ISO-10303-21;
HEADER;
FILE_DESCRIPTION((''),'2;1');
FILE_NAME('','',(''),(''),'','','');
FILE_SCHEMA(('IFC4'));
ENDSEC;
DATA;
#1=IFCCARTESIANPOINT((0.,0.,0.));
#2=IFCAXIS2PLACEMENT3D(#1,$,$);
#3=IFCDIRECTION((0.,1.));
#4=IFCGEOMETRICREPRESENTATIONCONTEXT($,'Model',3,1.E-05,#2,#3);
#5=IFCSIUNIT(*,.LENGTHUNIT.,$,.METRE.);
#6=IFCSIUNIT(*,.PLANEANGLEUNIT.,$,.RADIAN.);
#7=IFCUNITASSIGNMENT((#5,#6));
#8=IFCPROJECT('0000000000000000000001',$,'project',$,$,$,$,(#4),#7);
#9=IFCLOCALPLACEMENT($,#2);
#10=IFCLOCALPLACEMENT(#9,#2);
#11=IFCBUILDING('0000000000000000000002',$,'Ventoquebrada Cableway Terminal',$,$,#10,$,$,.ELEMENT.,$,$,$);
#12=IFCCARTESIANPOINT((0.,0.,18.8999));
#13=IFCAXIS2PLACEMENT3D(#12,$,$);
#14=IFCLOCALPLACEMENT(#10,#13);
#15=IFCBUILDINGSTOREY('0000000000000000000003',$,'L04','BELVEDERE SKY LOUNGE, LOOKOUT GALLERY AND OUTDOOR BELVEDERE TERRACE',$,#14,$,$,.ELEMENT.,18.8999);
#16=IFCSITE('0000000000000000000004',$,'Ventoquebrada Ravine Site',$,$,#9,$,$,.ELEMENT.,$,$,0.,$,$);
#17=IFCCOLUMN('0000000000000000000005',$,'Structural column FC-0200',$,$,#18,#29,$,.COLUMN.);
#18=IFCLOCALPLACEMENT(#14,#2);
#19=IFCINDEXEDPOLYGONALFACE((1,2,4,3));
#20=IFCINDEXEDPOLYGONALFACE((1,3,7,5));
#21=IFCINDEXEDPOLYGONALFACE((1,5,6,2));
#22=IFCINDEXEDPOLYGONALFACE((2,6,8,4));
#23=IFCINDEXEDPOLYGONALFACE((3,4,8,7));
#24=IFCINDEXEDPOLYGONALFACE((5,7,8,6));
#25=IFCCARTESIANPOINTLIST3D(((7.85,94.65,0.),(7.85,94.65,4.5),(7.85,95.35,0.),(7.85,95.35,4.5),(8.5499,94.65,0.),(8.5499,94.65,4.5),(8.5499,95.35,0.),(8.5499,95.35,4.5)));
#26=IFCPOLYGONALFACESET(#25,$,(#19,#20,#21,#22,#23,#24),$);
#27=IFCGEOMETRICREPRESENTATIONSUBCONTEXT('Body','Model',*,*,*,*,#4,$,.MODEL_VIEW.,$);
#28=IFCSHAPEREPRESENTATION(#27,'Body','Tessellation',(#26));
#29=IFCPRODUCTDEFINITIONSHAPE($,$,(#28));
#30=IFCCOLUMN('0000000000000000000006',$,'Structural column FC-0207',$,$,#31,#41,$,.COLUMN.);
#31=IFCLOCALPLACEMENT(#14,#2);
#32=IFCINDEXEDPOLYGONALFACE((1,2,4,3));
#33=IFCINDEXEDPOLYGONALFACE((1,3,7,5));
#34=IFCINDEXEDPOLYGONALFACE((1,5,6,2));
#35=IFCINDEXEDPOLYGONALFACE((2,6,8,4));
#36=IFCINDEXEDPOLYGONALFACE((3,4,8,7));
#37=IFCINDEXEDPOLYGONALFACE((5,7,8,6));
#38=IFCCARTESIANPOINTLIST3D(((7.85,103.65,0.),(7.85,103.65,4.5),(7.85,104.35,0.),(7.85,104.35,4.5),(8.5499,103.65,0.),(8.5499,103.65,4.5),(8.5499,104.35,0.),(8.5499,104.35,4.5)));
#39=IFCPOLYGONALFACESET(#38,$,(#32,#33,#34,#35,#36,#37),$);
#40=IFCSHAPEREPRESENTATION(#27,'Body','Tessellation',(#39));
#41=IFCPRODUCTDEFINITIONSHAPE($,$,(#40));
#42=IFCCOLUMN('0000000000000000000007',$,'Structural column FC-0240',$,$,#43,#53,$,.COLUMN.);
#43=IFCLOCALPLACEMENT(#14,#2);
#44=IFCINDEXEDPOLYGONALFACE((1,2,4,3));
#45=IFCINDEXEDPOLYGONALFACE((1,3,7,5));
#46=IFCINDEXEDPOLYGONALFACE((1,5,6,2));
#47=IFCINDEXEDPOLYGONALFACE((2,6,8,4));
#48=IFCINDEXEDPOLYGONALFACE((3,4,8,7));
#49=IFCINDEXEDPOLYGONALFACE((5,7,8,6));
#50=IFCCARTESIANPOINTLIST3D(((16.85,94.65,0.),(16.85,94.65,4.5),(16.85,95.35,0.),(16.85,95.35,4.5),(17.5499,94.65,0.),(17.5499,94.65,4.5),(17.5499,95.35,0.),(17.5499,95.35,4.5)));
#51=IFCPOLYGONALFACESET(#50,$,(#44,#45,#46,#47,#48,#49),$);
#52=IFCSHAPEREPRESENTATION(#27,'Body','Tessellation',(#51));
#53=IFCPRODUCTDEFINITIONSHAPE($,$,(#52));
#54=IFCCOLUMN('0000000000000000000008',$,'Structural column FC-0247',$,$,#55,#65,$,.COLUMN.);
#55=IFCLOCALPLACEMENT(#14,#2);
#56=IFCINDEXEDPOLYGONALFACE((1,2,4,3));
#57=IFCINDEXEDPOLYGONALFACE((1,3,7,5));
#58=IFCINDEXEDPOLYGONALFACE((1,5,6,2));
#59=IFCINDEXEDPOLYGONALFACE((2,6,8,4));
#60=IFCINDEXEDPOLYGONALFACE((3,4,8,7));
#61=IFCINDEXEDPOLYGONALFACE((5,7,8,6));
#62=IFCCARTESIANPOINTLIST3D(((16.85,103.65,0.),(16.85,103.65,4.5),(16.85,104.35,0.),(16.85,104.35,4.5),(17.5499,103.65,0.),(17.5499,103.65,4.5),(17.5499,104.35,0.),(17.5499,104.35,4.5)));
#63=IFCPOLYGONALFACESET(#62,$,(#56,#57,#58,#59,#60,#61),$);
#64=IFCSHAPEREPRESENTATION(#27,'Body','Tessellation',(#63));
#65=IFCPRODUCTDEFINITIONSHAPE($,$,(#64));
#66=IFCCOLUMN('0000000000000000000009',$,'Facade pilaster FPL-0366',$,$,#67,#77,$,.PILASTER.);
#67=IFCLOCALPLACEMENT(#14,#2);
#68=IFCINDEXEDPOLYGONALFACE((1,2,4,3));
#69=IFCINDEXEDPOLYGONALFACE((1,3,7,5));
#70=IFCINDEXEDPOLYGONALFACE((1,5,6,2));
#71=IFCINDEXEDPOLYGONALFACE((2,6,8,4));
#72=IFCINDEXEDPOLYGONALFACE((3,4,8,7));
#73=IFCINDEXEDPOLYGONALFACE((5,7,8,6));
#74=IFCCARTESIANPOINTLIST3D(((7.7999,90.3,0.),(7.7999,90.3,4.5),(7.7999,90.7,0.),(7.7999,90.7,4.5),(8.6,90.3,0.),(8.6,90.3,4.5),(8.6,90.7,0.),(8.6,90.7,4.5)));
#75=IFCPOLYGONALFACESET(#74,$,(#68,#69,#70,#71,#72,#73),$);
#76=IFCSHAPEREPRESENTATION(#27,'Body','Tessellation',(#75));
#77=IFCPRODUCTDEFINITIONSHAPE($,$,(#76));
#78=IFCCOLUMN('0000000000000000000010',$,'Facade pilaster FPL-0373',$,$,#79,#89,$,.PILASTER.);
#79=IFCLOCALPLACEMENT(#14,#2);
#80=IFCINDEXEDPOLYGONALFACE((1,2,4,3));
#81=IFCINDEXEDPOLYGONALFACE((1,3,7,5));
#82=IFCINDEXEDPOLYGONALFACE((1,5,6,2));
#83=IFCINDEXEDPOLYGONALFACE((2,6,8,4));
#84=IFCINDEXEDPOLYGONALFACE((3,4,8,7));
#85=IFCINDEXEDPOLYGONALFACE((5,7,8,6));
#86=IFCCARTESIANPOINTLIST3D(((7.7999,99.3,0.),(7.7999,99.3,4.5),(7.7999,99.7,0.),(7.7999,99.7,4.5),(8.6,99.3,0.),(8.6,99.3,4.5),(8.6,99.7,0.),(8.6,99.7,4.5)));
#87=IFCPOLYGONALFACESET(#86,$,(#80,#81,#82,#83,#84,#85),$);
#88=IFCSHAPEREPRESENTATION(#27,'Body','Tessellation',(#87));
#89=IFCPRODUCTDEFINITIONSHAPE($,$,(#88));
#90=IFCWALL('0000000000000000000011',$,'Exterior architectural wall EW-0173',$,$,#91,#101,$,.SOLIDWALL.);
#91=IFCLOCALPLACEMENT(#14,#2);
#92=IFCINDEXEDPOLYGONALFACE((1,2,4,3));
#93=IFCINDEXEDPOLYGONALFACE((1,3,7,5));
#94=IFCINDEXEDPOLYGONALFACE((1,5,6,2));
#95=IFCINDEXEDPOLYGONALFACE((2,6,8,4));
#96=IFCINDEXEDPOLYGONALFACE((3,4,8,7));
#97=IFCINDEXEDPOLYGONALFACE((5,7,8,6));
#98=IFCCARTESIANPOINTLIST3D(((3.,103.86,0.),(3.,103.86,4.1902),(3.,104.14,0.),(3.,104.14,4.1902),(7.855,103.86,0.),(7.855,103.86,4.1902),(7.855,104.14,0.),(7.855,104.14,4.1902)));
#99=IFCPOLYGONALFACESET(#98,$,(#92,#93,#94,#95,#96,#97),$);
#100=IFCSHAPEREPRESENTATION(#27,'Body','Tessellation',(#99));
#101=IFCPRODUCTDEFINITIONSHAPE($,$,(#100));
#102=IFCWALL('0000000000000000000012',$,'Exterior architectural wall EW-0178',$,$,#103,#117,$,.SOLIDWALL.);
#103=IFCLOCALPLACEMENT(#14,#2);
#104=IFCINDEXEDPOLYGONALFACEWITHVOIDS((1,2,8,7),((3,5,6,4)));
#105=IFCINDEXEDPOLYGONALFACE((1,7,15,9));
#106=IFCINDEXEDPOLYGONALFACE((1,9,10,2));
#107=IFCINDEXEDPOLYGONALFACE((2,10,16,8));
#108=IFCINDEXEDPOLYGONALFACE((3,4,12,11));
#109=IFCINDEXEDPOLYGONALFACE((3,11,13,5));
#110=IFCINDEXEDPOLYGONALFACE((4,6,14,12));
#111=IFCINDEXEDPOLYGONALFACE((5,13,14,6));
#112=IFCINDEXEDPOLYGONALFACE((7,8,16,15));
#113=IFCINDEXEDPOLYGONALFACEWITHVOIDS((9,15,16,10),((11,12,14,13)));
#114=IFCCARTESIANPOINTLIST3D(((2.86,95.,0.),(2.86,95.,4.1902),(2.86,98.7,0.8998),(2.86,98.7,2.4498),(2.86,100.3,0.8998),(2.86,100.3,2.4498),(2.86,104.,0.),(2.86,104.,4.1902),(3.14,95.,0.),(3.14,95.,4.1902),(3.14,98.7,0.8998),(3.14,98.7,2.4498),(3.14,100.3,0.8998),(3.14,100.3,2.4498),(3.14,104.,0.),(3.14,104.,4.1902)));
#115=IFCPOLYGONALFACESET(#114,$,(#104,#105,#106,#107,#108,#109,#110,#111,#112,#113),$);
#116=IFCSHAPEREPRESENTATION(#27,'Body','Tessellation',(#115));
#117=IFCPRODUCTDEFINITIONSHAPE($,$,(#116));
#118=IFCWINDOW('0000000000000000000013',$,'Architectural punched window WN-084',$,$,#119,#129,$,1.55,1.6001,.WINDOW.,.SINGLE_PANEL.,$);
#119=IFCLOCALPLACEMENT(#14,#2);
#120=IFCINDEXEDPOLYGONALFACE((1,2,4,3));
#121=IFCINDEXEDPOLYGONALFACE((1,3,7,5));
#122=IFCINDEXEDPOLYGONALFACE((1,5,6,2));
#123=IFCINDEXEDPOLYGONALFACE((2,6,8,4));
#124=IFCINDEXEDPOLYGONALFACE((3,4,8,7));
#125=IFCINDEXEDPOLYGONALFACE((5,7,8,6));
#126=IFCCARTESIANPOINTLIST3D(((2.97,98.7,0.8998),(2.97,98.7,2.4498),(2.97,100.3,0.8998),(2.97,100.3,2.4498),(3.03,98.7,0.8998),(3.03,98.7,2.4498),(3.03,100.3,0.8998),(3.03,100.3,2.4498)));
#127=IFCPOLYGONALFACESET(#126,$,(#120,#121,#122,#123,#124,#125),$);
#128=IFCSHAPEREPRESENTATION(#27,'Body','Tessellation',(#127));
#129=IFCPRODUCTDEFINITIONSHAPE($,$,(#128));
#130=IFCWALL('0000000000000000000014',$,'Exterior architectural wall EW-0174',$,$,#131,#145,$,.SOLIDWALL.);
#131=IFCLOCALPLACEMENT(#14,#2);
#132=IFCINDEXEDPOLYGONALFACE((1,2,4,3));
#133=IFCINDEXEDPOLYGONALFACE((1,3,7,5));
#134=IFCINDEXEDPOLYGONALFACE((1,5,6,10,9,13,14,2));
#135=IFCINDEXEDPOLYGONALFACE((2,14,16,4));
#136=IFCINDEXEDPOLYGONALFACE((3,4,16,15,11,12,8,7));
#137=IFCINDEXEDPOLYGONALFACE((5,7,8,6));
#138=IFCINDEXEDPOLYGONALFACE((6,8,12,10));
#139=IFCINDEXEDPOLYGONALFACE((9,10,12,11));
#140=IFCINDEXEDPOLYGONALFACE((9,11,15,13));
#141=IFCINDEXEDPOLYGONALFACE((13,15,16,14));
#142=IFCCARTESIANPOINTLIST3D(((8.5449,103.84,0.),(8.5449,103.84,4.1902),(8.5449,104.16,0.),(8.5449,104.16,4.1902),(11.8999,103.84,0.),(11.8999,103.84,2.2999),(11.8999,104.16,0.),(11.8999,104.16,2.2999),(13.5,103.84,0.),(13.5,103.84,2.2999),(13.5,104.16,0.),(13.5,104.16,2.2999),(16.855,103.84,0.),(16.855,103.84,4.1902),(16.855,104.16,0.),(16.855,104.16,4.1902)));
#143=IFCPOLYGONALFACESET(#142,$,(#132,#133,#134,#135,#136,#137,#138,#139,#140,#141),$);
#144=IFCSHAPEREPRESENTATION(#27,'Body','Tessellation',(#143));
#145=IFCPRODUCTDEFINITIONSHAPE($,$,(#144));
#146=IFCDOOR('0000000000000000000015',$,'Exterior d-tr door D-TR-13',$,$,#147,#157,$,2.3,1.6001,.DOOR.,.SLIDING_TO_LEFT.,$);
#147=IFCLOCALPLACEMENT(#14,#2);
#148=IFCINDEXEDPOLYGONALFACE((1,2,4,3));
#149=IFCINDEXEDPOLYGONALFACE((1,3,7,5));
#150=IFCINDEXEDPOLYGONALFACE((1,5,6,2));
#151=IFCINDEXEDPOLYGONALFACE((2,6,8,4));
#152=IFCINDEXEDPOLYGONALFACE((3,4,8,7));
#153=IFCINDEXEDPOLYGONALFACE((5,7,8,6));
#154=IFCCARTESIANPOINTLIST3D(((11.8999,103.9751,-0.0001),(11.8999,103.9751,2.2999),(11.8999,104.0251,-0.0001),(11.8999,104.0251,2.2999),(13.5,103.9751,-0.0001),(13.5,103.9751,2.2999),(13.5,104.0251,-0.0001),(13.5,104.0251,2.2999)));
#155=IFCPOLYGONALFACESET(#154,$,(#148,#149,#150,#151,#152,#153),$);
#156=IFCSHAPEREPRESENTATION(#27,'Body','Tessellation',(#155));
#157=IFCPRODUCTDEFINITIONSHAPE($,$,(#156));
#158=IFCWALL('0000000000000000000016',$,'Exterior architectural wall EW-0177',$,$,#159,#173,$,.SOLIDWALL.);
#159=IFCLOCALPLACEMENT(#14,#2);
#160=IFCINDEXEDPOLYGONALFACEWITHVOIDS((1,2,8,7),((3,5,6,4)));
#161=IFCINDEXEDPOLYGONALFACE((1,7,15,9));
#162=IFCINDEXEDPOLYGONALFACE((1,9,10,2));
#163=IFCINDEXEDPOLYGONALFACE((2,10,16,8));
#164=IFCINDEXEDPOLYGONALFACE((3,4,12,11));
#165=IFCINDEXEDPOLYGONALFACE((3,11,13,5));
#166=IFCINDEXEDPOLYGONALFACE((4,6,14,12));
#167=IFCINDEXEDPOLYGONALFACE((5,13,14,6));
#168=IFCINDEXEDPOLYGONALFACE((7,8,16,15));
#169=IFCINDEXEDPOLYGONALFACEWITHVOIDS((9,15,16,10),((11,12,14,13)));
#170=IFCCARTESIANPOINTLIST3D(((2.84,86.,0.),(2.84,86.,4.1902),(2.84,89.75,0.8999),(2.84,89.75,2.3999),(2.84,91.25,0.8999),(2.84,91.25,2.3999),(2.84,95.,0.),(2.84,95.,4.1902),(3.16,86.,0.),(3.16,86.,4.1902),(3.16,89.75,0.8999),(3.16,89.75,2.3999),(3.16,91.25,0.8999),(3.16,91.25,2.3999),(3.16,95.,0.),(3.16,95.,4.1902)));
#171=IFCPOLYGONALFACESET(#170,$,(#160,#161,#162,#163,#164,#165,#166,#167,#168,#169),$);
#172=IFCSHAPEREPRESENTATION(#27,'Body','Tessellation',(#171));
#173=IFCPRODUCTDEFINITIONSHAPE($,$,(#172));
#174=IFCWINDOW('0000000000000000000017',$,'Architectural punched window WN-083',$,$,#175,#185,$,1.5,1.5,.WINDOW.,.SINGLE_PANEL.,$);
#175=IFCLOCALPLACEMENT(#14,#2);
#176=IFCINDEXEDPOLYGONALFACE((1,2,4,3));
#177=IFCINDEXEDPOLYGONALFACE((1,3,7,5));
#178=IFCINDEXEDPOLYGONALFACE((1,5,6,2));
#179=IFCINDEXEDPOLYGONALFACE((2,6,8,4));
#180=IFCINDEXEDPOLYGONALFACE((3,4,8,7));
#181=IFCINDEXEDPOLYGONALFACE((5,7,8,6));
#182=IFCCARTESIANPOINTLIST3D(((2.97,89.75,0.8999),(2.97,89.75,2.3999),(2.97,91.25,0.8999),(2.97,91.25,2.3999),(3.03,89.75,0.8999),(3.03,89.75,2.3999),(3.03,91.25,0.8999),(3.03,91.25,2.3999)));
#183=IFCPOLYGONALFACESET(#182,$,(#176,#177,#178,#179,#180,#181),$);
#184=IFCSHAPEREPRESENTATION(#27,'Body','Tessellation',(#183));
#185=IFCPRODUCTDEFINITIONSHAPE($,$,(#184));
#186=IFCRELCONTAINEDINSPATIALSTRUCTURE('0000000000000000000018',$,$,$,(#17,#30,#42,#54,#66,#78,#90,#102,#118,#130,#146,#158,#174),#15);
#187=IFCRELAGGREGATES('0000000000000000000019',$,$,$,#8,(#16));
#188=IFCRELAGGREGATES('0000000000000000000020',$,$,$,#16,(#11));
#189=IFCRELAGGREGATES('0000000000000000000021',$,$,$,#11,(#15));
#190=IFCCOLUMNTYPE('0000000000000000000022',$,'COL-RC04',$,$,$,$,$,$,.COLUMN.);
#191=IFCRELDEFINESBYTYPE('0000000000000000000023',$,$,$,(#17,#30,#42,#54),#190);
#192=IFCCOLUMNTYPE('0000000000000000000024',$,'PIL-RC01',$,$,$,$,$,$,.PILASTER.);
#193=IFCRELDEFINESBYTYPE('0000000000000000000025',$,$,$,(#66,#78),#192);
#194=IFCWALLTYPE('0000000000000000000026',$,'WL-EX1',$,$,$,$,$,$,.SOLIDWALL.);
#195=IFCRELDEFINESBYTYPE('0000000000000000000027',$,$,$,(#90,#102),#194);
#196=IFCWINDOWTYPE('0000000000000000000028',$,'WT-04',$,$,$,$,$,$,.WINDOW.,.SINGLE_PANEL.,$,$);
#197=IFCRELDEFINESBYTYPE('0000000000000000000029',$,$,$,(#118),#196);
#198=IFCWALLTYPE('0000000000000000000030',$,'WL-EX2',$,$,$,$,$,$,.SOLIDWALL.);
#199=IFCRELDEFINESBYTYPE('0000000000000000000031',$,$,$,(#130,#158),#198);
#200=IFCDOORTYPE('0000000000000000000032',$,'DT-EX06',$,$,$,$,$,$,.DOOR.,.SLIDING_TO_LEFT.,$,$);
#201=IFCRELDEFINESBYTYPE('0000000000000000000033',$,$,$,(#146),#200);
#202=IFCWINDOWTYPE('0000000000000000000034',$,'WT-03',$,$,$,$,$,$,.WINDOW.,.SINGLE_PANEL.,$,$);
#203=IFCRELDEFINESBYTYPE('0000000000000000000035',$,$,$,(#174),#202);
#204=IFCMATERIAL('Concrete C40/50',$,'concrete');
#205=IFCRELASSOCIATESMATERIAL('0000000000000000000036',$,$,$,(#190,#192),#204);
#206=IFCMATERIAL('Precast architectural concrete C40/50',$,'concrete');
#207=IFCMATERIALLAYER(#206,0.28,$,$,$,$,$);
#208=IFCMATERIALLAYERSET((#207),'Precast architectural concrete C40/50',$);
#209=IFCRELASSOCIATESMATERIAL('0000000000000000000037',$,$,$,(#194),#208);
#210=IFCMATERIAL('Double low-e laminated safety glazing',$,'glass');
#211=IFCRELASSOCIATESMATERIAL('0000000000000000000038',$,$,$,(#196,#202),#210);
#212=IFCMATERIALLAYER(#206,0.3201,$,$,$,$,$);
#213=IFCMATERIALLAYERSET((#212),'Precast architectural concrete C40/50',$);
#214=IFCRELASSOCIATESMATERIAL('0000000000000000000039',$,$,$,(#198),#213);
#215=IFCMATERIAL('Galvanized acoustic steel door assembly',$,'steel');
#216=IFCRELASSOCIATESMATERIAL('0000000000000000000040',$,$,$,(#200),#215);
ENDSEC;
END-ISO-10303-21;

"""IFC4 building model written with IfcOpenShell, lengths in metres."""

from ifc_helpers import new_model, si_unit, direction, frame, frame_2d, origin, origin_2d, place, context, subcontext, project, spatial, rectangle, extrude, material, layer, layer_set, material_profile, profile_set, type_object, element, fill, save


model = new_model("IFC4")

# Units and contexts
model_context = context("Model", 3, precision=1e-05, world=origin(), true_north=direction((0.0, 1.0)))
body_context = subcontext(model_context, "Body", "Model", "MODEL_VIEW")
ifc_project = project(units=[si_unit("LENGTHUNIT", "METRE"), si_unit("PLANEANGLEUNIT", "RADIAN")], contexts=[model_context])

# Site, building, storey
site_placement = place(None, origin())
site = spatial("IfcSite", under=ifc_project, at=site_placement, Name="Ventoquebrada Ravine Site", CompositionType="ELEMENT", RefElevation=0.0)
building_placement = place(site_placement, origin())
building = spatial("IfcBuilding", under=site, at=building_placement, Name="Ventoquebrada Cableway Terminal", CompositionType="ELEMENT")
storey_placement = place(building_placement, frame((0.0, 0.0, 18.8999)))
storey = spatial("IfcBuildingStorey", under=building, at=storey_placement, Name="L04", Description="BELVEDERE SKY LOUNGE, LOOKOUT GALLERY AND OUTDOOR BELVEDERE TERRACE", CompositionType="ELEMENT", Elevation=18.8999)

# Columns
ifc_material_1 = material(Name="Concrete C40/50", Category="concrete")
ifc_material_profile_1 = material_profile(ifc_material_1, rectangle(XDim=0.7, YDim=0.7, at=origin_2d()), Name="RC-COL-700X700")
ifc_profile_set_1 = profile_set([ifc_material_profile_1], Name="Concrete C40/50")
column_type_1 = type_object("IfcColumnType", Name="COL-RC04", PredefinedType="COLUMN", material=ifc_profile_set_1)
for number, where, z_axis, x_axis, name in (
    (1, (8.2, 95.0, 0.0), (0.0, 0.0, 1.0), (1.0, 0.0, 0.0), "Structural column FC-0200"),
    (2, (8.2, 104.0, 0.0), (0.0, 0.0, 1.0), (1.0, 0.0, 0.0), "Structural column FC-0207"),
    (3, (17.2, 95.0, 0.0), (0.0, 0.0, 1.0), (1.0, 0.0, 0.0), "Structural column FC-0240"),
    (4, (17.2, 104.0, 0.0), (0.0, 0.0, 1.0), (1.0, 0.0, 0.0), "Structural column FC-0247"),
):
    element("IfcColumn", number, at=place(storey_placement, frame(where, z_axis=z_axis, x_axis=x_axis)), inside=storey, type_object=column_type_1, Name=name, PredefinedType="COLUMN", context=body_context, shape_type="SweptSolid", body=[
        extrude(rectangle(XDim=0.7, YDim=0.7, at=origin_2d()), origin(), (0.0, 0.0, 1.0), 4.5),
    ])
ifc_material_profile_2 = material_profile(ifc_material_1, rectangle(XDim=0.3999, YDim=0.8, at=origin_2d()), Name="RC-PIL-400X800")
ifc_profile_set_2 = profile_set([ifc_material_profile_2], Name="Concrete C40/50")
column_type_2 = type_object("IfcColumnType", Name="PIL-RC01", PredefinedType="PILASTER", material=ifc_profile_set_2)
for number, where, z_axis, x_axis, name in (
    (5, (8.2, 90.5, 0.0), (0.0, 0.0, 1.0), (0.0, 1.0, 0.0), "Facade pilaster FPL-0366"),
    (6, (8.2, 99.5, 0.0), (0.0, 0.0, 1.0), (0.0, 1.0, 0.0), "Facade pilaster FPL-0373"),
):
    element("IfcColumn", number, at=place(storey_placement, frame(where, z_axis=z_axis, x_axis=x_axis)), inside=storey, type_object=column_type_2, Name=name, PredefinedType="PILASTER", context=body_context, shape_type="SweptSolid", body=[
        extrude(rectangle(XDim=0.3999, YDim=0.8, at=origin_2d()), origin(), (0.0, 0.0, 1.0), 4.5),
    ])

# Wall
ifc_material_2 = material(Name="Precast architectural concrete C40/50", Category="concrete")
ifc_layer_1 = layer(ifc_material_2, 0.28)
ifc_layer_set_1 = layer_set([ifc_layer_1], Name="Precast architectural concrete C40/50")
wall_type_1 = type_object("IfcWallType", Name="WL-EX1", PredefinedType="SOLIDWALL", material=ifc_layer_set_1)
wall_1_placement = place(storey_placement, frame((7.855, 104.0, 0.0), z_axis=(0.0, 0.0, 1.0), x_axis=(-1.0, 0.0, 0.0)))
element("IfcWall", 7, at=wall_1_placement, inside=storey, type_object=wall_type_1, Name="Exterior architectural wall EW-0173", PredefinedType="SOLIDWALL", context=body_context, shape_type="SweptSolid", body=[
    extrude(rectangle(XDim=4.855, YDim=0.28, at=frame_2d((2.4275, 0.0))), origin(), (0.0, 0.0, 1.0), 4.1902),
])

# Wall, opening, window
wall_2_placement = place(storey_placement, frame((3.0, 104.0, 0.0), z_axis=(0.0, 0.0, 1.0), x_axis=(0.0, -1.0, 0.0)))
wall_2 = element("IfcWall", 8, at=wall_2_placement, inside=storey, type_object=wall_type_1, Name="Exterior architectural wall EW-0178", PredefinedType="SOLIDWALL", context=body_context, shape_type="SweptSolid", body=[
    extrude(rectangle(XDim=9.0, YDim=0.28, at=frame_2d((4.5, 0.0))), origin(), (0.0, 0.0, 1.0), 4.1902),
])
opening_1_placement = place(wall_2_placement, frame((3.7, 0.0, 0.8999)))
opening_1 = element("IfcOpeningElement", 9, at=opening_1_placement, cuts=wall_2, PredefinedType="OPENING", context=body_context, shape_type="SweptSolid", body=[
    extrude(rectangle(XDim=1.6001, YDim=1.55, at=frame_2d((0.8, 0.7749))), frame((0.0, 0.1499, 0.0), z_axis=(0.0, -1.0, 0.0), x_axis=(1.0, 0.0, 0.0)), (0.0, 0.0, 1.0), 0.3),
])
ifc_material_3 = material(Name="Double low-e laminated safety glazing", Category="glass")
window_type_1 = type_object("IfcWindowType", Name="WT-04", PartitioningType="SINGLE_PANEL", PredefinedType="WINDOW", material=ifc_material_3)
window_1_placement = place(opening_1_placement, origin())
window_1 = element("IfcWindow", 10, at=window_1_placement, inside=storey, type_object=window_type_1, Name="Architectural punched window WN-084", OverallHeight=1.55, OverallWidth=1.6001, PartitioningType="SINGLE_PANEL", PredefinedType="WINDOW", context=body_context, shape_type="SweptSolid", body=[
    extrude(rectangle(XDim=1.6001, YDim=1.55, at=frame_2d((0.8, 0.7749))), frame((0.0, 0.03, 0.0), z_axis=(0.0, -1.0, 0.0), x_axis=(1.0, 0.0, 0.0)), (0.0, 0.0, 1.0), 0.0601),
])
fill(opening_1, window_1)

# Wall, opening, door
ifc_layer_2 = layer(ifc_material_2, 0.3201)
ifc_layer_set_2 = layer_set([ifc_layer_2], Name="Precast architectural concrete C40/50")
wall_type_2 = type_object("IfcWallType", Name="WL-EX2", PredefinedType="SOLIDWALL", material=ifc_layer_set_2)
wall_3_placement = place(storey_placement, frame((16.855, 104.0, 0.0), z_axis=(0.0, 0.0, 1.0), x_axis=(-1.0, 0.0, 0.0)))
wall_3 = element("IfcWall", 11, at=wall_3_placement, inside=storey, type_object=wall_type_2, Name="Exterior architectural wall EW-0174", PredefinedType="SOLIDWALL", context=body_context, shape_type="SweptSolid", body=[
    extrude(rectangle(XDim=8.3101, YDim=0.3201, at=frame_2d((4.155, 0.0))), origin(), (0.0, 0.0, 1.0), 4.1902),
])
opening_2_placement = place(wall_3_placement, frame((3.355, 0.0, 0.0)))
opening_2 = element("IfcOpeningElement", 12, at=opening_2_placement, cuts=wall_3, PredefinedType="OPENING", context=body_context, shape_type="SweptSolid", body=[
    extrude(rectangle(XDim=1.6001, YDim=2.3, at=frame_2d((0.8, 1.1499))), frame((0.0, 0.1699, 0.0), z_axis=(0.0, -1.0, 0.0), x_axis=(1.0, 0.0, 0.0)), (0.0, 0.0, 1.0), 0.3401),
])
ifc_material_4 = material(Name="Galvanized acoustic steel door assembly", Category="steel")
door_type_1 = type_object("IfcDoorType", Name="DT-EX06", OperationType="SLIDING_TO_LEFT", PredefinedType="DOOR", material=ifc_material_4)
door_1_placement = place(opening_2_placement, origin())
door_1 = element("IfcDoor", 13, at=door_1_placement, inside=storey, type_object=door_type_1, Name="Exterior d-tr door D-TR-13", OperationType="SLIDING_TO_LEFT", OverallHeight=2.3, OverallWidth=1.6001, PredefinedType="DOOR", context=body_context, shape_type="SweptSolid", body=[
    extrude(rectangle(XDim=1.6001, YDim=2.3, at=frame_2d((0.8, 1.1499))), frame((0.0, 0.0249, 0.0), z_axis=(0.0, -1.0, 0.0), x_axis=(1.0, 0.0, 0.0)), (0.0, 0.0, 1.0), 0.05),
])
fill(opening_2, door_1)

# Wall, opening, window
wall_4_placement = place(storey_placement, frame((3.0, 95.0, 0.0), z_axis=(0.0, 0.0, 1.0), x_axis=(0.0, -1.0, 0.0)))
wall_4 = element("IfcWall", 14, at=wall_4_placement, inside=storey, type_object=wall_type_2, Name="Exterior architectural wall EW-0177", PredefinedType="SOLIDWALL", context=body_context, shape_type="SweptSolid", body=[
    extrude(rectangle(XDim=9.0, YDim=0.3201, at=frame_2d((4.5, 0.0))), origin(), (0.0, 0.0, 1.0), 4.1902),
])
opening_3_placement = place(wall_4_placement, frame((3.75, 0.0, 0.8999)))
opening_3 = element("IfcOpeningElement", 15, at=opening_3_placement, cuts=wall_4, PredefinedType="OPENING", context=body_context, shape_type="SweptSolid", body=[
    extrude(rectangle(XDim=1.5, YDim=1.5, at=frame_2d((0.75, 0.75))), frame((0.0, 0.1699, 0.0), z_axis=(0.0, -1.0, 0.0), x_axis=(1.0, 0.0, 0.0)), (0.0, 0.0, 1.0), 0.3401),
])
window_type_2 = type_object("IfcWindowType", Name="WT-03", PartitioningType="SINGLE_PANEL", PredefinedType="WINDOW", material=ifc_material_3)
window_2_placement = place(opening_3_placement, origin())
window_2 = element("IfcWindow", 16, at=window_2_placement, inside=storey, type_object=window_type_2, Name="Architectural punched window WN-083", OverallHeight=1.5, OverallWidth=1.5, PartitioningType="SINGLE_PANEL", PredefinedType="WINDOW", context=body_context, shape_type="SweptSolid", body=[
    extrude(rectangle(XDim=1.5, YDim=1.5, at=frame_2d((0.75, 0.75))), frame((0.0, 0.03, 0.0), z_axis=(0.0, -1.0, 0.0), x_axis=(1.0, 0.0, 0.0)), (0.0, 0.0, 1.0), 0.0601),
])
fill(opening_3, window_2)

save(model, "model.ifc")
